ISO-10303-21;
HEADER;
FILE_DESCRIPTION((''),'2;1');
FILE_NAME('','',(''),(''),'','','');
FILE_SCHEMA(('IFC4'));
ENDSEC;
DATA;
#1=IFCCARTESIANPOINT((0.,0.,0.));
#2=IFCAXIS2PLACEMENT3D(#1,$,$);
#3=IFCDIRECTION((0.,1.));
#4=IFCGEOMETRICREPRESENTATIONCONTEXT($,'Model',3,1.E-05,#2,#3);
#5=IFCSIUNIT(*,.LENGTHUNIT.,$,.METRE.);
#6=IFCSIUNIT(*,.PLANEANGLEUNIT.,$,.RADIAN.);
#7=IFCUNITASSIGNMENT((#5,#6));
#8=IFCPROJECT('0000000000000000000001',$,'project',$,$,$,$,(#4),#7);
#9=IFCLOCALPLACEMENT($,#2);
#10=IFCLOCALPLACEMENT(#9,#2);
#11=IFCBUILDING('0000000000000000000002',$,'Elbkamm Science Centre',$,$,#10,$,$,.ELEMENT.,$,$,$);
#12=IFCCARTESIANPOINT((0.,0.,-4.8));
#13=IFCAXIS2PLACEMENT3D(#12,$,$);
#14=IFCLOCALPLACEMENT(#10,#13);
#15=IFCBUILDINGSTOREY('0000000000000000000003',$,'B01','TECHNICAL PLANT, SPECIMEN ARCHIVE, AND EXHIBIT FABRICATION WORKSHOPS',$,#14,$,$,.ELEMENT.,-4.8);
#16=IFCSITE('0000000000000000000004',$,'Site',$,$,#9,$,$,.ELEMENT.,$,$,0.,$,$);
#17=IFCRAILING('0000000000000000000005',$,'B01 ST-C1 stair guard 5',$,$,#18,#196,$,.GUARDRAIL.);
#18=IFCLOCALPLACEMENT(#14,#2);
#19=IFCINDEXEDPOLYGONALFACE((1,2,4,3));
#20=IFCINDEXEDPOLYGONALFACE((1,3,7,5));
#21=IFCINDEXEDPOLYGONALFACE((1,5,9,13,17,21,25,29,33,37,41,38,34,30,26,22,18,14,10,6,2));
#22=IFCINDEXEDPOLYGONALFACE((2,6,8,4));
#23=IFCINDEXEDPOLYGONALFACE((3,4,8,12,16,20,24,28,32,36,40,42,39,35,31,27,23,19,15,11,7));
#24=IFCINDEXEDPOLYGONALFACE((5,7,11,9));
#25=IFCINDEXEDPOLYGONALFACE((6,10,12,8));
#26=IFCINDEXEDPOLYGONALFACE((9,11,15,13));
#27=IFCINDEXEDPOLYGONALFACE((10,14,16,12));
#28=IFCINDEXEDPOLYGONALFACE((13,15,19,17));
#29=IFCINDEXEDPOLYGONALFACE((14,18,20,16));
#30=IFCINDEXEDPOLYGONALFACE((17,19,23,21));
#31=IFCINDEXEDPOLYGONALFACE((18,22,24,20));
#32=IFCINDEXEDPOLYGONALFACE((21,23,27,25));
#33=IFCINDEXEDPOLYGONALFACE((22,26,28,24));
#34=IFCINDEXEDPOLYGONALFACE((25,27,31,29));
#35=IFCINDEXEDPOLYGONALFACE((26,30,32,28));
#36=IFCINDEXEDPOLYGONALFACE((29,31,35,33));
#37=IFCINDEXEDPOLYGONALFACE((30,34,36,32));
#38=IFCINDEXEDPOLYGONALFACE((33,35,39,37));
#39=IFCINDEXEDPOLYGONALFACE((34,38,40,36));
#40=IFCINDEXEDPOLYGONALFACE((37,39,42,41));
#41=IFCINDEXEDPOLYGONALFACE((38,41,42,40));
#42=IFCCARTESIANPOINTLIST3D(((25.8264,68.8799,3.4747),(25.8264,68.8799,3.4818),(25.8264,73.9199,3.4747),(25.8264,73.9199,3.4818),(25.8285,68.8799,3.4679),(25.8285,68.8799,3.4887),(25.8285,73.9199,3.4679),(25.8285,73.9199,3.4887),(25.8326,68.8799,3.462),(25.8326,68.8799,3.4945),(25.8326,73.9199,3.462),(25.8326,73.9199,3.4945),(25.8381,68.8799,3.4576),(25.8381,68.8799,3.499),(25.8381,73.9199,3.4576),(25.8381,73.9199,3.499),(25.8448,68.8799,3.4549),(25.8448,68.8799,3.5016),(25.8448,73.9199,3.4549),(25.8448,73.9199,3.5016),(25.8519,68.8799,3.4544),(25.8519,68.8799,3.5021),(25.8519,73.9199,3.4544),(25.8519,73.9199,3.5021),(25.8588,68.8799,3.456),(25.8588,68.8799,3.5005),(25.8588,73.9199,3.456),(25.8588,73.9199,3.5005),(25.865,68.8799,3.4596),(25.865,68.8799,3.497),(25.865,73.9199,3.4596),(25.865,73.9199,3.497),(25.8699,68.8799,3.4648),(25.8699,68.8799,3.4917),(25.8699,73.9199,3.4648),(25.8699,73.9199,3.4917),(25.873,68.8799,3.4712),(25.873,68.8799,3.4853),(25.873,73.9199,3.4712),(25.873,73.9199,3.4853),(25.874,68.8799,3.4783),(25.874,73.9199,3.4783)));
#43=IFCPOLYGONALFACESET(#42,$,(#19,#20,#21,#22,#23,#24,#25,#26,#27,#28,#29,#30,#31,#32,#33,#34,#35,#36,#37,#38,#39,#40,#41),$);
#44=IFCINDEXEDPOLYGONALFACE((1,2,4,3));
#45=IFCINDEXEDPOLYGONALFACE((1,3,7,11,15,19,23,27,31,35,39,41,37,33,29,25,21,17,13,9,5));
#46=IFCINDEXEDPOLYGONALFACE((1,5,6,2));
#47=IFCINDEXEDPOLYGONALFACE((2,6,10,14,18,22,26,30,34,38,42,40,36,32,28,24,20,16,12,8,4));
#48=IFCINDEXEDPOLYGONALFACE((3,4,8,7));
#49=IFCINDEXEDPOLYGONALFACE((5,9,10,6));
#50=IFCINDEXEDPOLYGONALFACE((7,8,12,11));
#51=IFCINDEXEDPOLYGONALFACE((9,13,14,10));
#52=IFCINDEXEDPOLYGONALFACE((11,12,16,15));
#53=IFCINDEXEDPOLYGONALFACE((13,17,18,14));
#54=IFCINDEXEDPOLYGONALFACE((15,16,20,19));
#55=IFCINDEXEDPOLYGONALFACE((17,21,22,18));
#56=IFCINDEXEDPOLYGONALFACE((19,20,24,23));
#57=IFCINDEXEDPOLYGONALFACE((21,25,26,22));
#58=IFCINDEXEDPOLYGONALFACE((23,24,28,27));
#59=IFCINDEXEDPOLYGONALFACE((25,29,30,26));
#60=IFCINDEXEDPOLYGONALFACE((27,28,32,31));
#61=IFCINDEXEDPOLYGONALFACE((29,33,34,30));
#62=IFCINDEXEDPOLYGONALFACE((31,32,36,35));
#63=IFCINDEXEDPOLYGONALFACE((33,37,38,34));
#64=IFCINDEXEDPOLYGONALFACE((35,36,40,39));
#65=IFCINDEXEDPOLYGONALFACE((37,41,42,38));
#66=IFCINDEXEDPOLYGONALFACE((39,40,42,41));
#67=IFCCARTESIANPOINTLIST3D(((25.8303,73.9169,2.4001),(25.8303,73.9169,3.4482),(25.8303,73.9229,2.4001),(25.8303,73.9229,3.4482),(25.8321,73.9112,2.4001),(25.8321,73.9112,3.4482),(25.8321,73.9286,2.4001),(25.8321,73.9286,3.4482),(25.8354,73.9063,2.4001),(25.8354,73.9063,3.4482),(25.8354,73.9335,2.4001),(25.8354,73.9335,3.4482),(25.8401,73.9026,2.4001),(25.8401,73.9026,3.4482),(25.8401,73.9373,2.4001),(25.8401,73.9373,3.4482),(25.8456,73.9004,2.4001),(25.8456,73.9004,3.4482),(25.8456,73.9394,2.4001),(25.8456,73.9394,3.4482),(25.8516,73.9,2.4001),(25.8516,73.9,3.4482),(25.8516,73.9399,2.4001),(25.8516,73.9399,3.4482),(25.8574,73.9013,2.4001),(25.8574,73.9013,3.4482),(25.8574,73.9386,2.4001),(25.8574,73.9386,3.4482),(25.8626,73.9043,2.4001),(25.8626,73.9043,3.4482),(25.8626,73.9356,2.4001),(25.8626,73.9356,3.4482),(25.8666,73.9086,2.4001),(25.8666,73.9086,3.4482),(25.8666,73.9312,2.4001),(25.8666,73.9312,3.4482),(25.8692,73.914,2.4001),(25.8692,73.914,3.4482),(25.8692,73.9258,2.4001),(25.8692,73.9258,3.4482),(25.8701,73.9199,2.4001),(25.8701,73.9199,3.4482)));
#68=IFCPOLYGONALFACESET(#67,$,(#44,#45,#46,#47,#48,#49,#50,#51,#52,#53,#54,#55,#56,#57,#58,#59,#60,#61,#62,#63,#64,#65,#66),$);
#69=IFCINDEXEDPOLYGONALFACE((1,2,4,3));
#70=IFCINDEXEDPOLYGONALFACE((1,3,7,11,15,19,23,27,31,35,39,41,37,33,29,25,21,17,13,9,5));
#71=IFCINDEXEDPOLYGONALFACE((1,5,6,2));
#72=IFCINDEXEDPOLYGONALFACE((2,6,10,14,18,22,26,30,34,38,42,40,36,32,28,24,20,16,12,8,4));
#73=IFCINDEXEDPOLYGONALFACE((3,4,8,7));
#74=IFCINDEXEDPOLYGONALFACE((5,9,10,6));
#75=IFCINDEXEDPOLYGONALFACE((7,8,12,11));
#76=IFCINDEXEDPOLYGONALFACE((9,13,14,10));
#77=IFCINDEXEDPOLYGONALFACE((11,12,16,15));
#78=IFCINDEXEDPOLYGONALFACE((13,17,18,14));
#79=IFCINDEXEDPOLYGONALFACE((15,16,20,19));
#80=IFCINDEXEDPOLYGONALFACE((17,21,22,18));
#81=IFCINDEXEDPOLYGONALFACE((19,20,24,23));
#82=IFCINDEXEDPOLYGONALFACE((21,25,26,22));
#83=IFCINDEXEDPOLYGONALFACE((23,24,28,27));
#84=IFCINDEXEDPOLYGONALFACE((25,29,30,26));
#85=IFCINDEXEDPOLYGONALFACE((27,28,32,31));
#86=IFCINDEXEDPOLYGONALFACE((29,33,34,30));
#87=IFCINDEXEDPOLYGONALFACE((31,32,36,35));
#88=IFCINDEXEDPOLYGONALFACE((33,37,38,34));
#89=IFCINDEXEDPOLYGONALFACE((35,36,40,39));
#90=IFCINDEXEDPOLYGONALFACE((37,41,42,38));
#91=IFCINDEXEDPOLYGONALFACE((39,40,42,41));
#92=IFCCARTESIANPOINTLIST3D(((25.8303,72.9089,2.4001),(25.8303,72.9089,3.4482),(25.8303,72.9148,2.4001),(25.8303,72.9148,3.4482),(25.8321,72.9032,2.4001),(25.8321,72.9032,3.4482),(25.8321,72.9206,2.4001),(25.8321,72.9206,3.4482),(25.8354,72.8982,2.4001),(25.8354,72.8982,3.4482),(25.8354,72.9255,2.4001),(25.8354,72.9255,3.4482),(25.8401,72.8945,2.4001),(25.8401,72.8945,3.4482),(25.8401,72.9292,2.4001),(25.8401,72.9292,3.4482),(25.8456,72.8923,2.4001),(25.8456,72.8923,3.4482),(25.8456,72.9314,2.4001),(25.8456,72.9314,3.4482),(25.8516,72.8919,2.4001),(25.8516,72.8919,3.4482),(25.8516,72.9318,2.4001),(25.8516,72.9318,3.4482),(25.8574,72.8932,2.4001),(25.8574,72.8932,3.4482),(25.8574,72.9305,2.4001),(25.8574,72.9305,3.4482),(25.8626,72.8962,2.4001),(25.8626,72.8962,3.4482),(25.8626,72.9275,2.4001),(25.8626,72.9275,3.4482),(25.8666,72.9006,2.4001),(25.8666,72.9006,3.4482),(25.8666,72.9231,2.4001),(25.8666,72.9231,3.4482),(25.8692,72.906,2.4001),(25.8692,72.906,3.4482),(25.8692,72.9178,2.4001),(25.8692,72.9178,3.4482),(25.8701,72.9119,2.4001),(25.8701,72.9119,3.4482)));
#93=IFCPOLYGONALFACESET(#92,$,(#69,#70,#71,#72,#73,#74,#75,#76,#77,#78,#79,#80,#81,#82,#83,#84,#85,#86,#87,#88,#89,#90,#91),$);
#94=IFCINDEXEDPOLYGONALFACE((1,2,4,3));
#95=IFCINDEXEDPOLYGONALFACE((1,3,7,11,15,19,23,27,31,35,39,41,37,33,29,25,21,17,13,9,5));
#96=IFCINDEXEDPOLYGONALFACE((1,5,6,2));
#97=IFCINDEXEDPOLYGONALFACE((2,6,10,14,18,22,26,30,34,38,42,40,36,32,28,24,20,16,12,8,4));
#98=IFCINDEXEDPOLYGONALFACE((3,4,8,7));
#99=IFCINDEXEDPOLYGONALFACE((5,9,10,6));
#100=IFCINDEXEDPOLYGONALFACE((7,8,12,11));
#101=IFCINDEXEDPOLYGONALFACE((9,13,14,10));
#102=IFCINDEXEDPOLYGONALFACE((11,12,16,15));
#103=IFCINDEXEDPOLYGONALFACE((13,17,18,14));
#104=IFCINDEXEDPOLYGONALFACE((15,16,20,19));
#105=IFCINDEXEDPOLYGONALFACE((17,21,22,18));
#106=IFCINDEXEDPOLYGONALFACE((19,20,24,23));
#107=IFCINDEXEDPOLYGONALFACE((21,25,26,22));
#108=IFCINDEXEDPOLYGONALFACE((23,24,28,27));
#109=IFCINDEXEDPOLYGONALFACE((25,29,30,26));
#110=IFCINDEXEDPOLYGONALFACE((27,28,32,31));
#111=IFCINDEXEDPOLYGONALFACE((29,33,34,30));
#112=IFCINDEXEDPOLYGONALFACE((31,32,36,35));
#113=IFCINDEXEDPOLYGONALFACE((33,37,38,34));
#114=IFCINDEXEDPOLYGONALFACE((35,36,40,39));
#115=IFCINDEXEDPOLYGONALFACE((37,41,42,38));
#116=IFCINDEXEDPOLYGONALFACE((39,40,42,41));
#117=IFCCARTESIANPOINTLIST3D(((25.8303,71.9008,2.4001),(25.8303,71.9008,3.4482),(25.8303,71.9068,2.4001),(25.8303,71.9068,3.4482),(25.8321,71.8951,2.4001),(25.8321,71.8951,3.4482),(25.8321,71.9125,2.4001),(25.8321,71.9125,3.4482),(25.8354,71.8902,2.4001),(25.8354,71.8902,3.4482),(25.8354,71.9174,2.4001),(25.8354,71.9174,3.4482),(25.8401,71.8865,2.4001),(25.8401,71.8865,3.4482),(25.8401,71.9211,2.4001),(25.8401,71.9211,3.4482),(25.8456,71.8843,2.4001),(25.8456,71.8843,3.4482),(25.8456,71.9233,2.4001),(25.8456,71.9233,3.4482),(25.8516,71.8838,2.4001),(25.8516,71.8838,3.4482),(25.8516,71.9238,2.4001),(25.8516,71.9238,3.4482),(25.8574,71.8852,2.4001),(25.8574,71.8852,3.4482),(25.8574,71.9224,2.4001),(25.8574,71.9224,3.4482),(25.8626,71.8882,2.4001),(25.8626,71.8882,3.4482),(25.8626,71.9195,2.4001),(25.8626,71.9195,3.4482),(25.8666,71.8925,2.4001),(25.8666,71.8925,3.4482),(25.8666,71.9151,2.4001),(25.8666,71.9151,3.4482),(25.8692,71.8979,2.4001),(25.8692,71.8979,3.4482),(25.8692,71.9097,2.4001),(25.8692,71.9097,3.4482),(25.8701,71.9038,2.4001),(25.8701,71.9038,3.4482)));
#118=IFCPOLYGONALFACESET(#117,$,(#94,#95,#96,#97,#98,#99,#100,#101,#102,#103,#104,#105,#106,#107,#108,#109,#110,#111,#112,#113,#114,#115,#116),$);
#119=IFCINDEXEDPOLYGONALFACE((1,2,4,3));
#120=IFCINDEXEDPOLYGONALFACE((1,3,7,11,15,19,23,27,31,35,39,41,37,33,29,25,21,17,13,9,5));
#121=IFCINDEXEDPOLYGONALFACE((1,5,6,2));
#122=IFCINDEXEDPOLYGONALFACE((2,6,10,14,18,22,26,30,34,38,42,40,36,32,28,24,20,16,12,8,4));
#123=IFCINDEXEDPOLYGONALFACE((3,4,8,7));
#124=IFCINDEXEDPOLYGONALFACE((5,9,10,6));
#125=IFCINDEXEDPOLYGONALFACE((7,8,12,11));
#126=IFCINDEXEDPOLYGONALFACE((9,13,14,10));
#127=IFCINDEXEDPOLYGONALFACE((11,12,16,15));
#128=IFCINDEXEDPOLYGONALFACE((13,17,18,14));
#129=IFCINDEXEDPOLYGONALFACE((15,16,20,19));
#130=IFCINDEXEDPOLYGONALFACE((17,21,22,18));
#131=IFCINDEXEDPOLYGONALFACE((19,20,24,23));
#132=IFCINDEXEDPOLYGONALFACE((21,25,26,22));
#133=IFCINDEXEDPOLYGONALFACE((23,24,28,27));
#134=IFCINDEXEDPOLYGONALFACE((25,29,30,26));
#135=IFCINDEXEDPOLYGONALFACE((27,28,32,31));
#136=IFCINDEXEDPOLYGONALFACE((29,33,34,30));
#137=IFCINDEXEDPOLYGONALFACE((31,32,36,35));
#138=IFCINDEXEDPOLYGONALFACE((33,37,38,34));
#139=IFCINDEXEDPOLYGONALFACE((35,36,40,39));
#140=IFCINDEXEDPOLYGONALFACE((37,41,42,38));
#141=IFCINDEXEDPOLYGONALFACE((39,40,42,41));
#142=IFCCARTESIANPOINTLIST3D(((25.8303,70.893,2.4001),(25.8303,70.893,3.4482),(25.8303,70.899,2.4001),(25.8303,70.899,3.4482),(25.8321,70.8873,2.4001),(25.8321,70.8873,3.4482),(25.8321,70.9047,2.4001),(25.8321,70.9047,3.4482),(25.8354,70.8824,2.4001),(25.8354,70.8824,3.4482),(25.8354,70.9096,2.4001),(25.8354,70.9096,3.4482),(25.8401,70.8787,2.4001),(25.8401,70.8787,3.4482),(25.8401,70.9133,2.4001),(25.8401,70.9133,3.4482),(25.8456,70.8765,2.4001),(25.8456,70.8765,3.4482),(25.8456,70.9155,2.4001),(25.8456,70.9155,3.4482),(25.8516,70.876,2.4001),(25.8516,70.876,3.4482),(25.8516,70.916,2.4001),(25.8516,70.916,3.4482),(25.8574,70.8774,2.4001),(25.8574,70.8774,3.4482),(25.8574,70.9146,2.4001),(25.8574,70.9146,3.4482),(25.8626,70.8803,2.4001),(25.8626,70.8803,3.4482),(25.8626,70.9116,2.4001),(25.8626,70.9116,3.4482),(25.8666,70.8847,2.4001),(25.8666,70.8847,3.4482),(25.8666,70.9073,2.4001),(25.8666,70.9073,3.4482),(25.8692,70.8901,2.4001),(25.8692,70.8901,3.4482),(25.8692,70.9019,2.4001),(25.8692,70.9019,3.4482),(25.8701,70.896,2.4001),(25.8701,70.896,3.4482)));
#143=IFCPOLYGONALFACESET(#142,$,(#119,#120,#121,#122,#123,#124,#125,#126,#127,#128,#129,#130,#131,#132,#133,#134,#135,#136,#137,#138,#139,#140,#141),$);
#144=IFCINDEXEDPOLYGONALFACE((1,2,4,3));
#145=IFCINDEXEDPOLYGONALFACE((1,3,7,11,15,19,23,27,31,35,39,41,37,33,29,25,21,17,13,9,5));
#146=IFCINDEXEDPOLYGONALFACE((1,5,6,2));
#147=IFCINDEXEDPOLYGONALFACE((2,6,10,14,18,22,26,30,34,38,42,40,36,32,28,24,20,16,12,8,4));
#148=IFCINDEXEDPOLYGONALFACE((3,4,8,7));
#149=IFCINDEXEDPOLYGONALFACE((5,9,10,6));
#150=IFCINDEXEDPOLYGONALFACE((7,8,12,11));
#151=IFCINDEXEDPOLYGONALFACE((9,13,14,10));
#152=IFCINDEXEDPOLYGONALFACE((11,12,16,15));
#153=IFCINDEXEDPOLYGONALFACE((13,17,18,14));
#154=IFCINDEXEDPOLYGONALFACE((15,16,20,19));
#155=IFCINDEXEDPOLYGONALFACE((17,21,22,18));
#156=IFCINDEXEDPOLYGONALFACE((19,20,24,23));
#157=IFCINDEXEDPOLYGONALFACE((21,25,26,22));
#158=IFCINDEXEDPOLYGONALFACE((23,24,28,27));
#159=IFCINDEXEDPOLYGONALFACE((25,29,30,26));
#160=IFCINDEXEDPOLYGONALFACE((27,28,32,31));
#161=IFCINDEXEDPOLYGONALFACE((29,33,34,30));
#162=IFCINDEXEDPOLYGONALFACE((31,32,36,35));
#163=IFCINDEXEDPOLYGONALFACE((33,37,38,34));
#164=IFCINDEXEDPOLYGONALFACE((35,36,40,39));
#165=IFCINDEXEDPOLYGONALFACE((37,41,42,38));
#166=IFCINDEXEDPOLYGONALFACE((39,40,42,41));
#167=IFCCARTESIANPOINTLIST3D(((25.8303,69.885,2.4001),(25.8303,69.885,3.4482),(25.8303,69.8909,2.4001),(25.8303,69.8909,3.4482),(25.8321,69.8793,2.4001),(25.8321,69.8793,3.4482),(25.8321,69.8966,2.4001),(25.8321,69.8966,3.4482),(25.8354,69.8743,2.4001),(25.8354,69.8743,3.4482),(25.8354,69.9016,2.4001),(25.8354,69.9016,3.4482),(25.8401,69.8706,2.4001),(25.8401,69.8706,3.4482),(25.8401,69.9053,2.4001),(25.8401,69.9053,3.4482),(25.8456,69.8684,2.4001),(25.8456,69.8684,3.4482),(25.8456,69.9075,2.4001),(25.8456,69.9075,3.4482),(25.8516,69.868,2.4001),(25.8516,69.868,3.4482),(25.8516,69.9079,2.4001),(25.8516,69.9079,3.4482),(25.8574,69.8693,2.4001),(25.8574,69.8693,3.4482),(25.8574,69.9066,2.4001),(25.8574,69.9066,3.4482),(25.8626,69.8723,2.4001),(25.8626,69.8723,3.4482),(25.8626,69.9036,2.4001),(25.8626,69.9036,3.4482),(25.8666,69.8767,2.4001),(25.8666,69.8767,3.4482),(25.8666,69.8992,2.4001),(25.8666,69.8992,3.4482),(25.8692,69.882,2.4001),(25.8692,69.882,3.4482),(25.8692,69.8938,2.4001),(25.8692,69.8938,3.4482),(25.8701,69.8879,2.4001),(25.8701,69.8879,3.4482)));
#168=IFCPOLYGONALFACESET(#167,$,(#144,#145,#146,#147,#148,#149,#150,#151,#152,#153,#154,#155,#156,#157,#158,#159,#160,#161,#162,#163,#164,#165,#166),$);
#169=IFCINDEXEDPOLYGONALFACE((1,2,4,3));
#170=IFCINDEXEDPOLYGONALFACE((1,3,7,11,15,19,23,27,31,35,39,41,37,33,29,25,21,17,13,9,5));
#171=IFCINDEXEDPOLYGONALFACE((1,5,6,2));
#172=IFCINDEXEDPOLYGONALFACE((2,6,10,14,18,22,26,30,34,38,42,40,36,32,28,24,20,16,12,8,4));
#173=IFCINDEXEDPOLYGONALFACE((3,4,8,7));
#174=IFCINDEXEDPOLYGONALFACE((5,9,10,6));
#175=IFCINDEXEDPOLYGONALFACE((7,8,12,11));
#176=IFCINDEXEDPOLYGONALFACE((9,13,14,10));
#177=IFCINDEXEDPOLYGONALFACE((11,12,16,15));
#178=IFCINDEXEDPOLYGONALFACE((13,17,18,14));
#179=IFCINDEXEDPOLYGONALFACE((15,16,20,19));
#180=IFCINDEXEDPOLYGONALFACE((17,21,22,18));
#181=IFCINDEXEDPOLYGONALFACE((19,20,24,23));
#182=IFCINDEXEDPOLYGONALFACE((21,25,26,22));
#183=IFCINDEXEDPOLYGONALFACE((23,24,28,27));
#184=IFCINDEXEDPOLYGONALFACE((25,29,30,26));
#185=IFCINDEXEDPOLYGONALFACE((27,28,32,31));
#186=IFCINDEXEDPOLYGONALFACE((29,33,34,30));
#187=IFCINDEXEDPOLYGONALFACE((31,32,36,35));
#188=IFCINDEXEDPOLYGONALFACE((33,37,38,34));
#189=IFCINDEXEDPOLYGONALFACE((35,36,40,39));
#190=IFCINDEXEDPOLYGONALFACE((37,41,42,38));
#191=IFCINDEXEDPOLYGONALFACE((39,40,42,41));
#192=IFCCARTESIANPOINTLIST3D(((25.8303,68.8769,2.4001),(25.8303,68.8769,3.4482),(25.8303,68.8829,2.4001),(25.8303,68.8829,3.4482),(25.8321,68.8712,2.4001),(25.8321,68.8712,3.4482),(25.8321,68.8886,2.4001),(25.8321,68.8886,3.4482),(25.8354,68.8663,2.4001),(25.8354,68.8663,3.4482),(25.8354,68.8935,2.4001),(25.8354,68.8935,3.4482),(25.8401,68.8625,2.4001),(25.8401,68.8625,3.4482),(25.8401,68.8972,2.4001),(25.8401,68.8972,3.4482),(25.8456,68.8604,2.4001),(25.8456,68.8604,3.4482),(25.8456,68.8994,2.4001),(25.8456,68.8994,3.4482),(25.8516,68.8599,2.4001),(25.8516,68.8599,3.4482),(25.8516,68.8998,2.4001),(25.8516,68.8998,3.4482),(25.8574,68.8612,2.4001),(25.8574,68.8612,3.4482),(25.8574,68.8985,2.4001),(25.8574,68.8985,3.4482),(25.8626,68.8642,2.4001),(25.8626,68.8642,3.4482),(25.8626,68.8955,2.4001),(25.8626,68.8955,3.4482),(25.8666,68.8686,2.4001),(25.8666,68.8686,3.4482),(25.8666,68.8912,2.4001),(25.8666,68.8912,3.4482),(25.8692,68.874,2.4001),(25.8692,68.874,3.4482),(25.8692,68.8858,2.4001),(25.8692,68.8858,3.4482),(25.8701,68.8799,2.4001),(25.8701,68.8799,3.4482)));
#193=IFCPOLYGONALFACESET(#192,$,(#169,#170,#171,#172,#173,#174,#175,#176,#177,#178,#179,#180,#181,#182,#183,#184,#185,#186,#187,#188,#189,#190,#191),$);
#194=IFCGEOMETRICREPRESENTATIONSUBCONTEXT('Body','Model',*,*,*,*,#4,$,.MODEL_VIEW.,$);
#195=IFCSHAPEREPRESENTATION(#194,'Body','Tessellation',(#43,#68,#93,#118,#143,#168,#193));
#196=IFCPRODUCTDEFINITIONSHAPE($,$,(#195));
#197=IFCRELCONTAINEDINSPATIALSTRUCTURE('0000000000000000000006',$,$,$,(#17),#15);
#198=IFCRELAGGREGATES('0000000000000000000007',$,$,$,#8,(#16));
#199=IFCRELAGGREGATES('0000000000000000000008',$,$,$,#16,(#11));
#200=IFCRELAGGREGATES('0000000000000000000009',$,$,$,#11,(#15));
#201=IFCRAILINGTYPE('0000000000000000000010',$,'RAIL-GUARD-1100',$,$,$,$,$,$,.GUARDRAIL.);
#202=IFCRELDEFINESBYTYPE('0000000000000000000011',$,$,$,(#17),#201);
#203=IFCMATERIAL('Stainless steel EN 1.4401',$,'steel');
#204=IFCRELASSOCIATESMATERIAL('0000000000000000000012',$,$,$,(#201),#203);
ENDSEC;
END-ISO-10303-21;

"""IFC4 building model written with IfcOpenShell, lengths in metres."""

from ifc_helpers import new_model, si_unit, direction, frame, origin, origin_2d, place, context, subcontext, project, spatial, circle, extrude, material, type_object, element, save


model = new_model("IFC4")

# Units and contexts
model_context = context("Model", 3, precision=1e-05, world=origin(), true_north=direction((0.0, 1.0)))
body_context = subcontext(model_context, "Body", "Model", "MODEL_VIEW")
ifc_project = project(units=[si_unit("LENGTHUNIT", "METRE"), si_unit("PLANEANGLEUNIT", "RADIAN")], contexts=[model_context])

# Site, building, storey
site_placement = place(None, origin())
site = spatial("IfcSite", under=ifc_project, at=site_placement, Name="Site", CompositionType="ELEMENT", RefElevation=0.0)
building_placement = place(site_placement, origin())
building = spatial("IfcBuilding", under=site, at=building_placement, Name="Elbkamm Science Centre", CompositionType="ELEMENT")
storey_placement = place(building_placement, frame((0.0, 0.0, -4.8)))
storey = spatial("IfcBuildingStorey", under=building, at=storey_placement, Name="B01", Description="TECHNICAL PLANT, SPECIMEN ARCHIVE, AND EXHIBIT FABRICATION WORKSHOPS", CompositionType="ELEMENT", Elevation=-4.8)

# Railing
ifc_material_1 = material(Name="Stainless steel EN 1.4401", Category="steel")
railing_type_1 = type_object("IfcRailingType", Name="RAIL-GUARD-1100", PredefinedType="GUARDRAIL", material=ifc_material_1)
railing_1_placement = place(storey_placement, frame((25.8501, 73.9199, 2.4001)))
element("IfcRailing", 1, at=railing_1_placement, inside=storey, type_object=railing_type_1, Name="B01 ST-C1 stair guard 5", PredefinedType="GUARDRAIL", context=body_context, shape_type="SweptSolid", body=[
    extrude(circle(Radius=0.0239, at=origin_2d()), frame((0.0, 0.0, 1.0781), z_axis=(0.0, -1.0, 0.0), x_axis=(1.0, 0.0, 0.0)), (0.0, 0.0, 1.0), 5.04),
    extrude(circle(Radius=0.02, at=origin_2d()), origin(), (0.0, 0.0, 1.0), 1.0481),
    extrude(circle(Radius=0.02, at=origin_2d()), frame((0.0, -1.0081, 0.0)), (0.0, 0.0, 1.0), 1.0481),
    extrude(circle(Radius=0.02, at=origin_2d()), frame((0.0, -2.0161, 0.0)), (0.0, 0.0, 1.0), 1.0481),
    extrude(circle(Radius=0.02, at=origin_2d()), frame((0.0, -3.0239, 0.0)), (0.0, 0.0, 1.0), 1.0481),
    extrude(circle(Radius=0.02, at=origin_2d()), frame((0.0, -4.032, 0.0)), (0.0, 0.0, 1.0), 1.0481),
    extrude(circle(Radius=0.02, at=origin_2d()), frame((0.0, -5.04, 0.0)), (0.0, 0.0, 1.0), 1.0481),
])

save(model, "model.ifc")
